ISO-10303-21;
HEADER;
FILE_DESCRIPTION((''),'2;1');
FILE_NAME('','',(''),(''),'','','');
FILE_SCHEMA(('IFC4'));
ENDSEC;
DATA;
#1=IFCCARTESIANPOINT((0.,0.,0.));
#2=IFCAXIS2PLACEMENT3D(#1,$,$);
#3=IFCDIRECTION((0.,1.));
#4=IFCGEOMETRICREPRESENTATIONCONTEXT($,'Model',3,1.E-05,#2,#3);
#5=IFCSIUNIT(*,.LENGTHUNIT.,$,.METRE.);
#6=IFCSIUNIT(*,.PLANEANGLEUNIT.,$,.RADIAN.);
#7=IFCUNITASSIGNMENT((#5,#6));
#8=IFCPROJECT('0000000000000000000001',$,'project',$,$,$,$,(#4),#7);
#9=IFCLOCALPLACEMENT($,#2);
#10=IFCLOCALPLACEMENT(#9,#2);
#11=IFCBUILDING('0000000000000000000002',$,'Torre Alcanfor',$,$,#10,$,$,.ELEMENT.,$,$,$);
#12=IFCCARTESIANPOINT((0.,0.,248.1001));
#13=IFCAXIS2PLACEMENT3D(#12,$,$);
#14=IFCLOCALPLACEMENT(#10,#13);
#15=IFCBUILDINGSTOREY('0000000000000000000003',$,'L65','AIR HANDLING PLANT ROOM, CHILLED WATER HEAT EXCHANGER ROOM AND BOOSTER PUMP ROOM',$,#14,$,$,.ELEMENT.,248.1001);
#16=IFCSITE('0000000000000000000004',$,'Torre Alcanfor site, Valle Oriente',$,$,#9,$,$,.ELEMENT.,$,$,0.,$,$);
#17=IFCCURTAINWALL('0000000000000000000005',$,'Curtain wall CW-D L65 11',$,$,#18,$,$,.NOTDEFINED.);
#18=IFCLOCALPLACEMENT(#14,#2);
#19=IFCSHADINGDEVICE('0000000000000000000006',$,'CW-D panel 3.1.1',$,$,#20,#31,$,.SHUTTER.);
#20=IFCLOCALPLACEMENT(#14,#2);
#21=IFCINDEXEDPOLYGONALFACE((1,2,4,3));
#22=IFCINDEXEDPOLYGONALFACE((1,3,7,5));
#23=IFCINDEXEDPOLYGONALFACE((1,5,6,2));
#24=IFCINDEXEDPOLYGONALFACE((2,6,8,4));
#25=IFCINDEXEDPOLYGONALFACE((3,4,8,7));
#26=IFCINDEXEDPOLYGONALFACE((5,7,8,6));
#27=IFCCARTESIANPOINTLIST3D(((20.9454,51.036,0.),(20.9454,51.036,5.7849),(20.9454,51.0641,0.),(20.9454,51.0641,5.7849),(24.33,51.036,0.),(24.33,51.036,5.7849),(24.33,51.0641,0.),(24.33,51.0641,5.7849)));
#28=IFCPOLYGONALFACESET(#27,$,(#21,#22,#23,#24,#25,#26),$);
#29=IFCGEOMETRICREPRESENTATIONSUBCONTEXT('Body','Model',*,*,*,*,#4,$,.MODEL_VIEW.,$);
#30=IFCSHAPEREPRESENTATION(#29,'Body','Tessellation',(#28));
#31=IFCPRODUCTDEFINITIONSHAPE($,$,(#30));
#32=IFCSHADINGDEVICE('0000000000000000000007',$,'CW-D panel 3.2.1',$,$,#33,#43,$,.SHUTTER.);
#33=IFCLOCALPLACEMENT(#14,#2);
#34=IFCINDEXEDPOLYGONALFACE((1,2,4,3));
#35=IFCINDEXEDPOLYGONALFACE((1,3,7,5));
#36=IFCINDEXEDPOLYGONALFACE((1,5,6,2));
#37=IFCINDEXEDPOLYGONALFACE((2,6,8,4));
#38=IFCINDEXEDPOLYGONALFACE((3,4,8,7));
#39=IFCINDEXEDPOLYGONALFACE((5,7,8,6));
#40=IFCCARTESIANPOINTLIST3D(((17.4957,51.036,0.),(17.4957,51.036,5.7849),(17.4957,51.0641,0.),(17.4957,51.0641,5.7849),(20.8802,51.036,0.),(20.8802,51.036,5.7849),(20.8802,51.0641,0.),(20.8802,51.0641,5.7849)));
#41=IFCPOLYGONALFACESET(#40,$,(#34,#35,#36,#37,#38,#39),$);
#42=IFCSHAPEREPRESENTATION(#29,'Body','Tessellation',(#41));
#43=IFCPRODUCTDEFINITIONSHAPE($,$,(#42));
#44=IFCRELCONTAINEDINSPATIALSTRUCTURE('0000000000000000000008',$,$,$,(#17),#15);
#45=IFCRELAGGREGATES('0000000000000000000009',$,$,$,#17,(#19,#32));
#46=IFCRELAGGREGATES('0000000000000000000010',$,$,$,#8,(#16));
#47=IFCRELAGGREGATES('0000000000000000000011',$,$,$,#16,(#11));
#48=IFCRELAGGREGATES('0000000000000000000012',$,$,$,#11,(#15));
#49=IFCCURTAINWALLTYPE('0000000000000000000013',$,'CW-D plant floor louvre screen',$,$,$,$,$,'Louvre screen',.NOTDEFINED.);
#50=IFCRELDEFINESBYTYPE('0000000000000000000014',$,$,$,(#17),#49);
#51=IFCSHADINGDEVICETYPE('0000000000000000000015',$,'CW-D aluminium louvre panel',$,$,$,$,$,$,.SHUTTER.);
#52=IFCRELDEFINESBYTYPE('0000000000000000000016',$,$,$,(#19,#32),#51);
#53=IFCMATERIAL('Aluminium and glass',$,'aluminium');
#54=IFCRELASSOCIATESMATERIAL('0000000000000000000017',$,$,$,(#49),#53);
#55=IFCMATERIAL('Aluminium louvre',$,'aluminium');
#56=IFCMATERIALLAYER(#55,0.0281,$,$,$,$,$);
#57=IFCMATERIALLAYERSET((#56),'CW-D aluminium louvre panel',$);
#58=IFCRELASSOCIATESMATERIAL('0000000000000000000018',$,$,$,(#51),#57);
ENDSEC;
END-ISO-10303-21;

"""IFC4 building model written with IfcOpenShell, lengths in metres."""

from ifc_helpers import new_model, si_unit, direction, frame, origin, origin_2d, place, context, subcontext, project, spatial, rectangle, extrude, material, layer, layer_set, type_object, element, aggregate, save


model = new_model("IFC4")

# Units and contexts
model_context = context("Model", 3, precision=1e-05, world=origin(), true_north=direction((0.0, 1.0)))
body_context = subcontext(model_context, "Body", "Model", "MODEL_VIEW")
ifc_project = project(units=[si_unit("LENGTHUNIT", "METRE"), si_unit("PLANEANGLEUNIT", "RADIAN")], contexts=[model_context])

# Site, building, storey
site_placement = place(None, origin())
site = spatial("IfcSite", under=ifc_project, at=site_placement, Name="Torre Alcanfor site, Valle Oriente", CompositionType="ELEMENT", RefElevation=0.0)
building_placement = place(site_placement, origin())
building = spatial("IfcBuilding", under=site, at=building_placement, Name="Torre Alcanfor", CompositionType="ELEMENT")
storey_placement = place(building_placement, frame((0.0, 0.0, 248.1001)))
storey = spatial("IfcBuildingStorey", under=building, at=storey_placement, Name="L65", Description="AIR HANDLING PLANT ROOM, CHILLED WATER HEAT EXCHANGER ROOM AND BOOSTER PUMP ROOM", CompositionType="ELEMENT", Elevation=248.1001)

# Curtain wall
ifc_material_1 = material(Name="Aluminium and glass", Category="aluminium")
curtain_wall_type = type_object("IfcCurtainWallType", Name="CW-D plant floor louvre screen", ElementType="Louvre screen", PredefinedType="NOTDEFINED", material=ifc_material_1)
curtain_wall_placement = place(storey_placement, origin())
curtain_wall = element("IfcCurtainWall", 1, at=curtain_wall_placement, inside=storey, type_object=curtain_wall_type, Name="Curtain wall CW-D L65 11", PredefinedType="NOTDEFINED")

# Shading devices
ifc_material_2 = material(Name="Aluminium louvre", Category="aluminium")
ifc_layer_1 = layer(ifc_material_2, 0.0281)
ifc_layer_set_1 = layer_set([ifc_layer_1], Name="CW-D aluminium louvre panel")
shading_device_type = type_object("IfcShadingDeviceType", Name="CW-D aluminium louvre panel", PredefinedType="SHUTTER", material=ifc_layer_set_1)
shading_device_1_placement = place(storey_placement, frame((22.6377, 51.05, 0.0), z_axis=(0.0, 0.0, 1.0), x_axis=(-1.0, 0.0, 0.0)))
shading_device_1 = element("IfcShadingDevice", 2, at=shading_device_1_placement, type_object=shading_device_type, Name="CW-D panel 3.1.1", PredefinedType="SHUTTER", context=body_context, shape_type="SweptSolid", body=[
    extrude(rectangle(XDim=3.3845, YDim=0.0281, at=origin_2d()), origin(), (0.0, 0.0, 1.0), 5.7849),
])
shading_device_2_placement = place(storey_placement, frame((19.188, 51.05, 0.0), z_axis=(0.0, 0.0, 1.0), x_axis=(-1.0, 0.0, 0.0)))
shading_device_2 = element("IfcShadingDevice", 3, at=shading_device_2_placement, type_object=shading_device_type, Name="CW-D panel 3.2.1", PredefinedType="SHUTTER", context=body_context, shape_type="SweptSolid", body=[
    extrude(rectangle(XDim=3.3845, YDim=0.0281, at=origin_2d()), origin(), (0.0, 0.0, 1.0), 5.7849),
])
aggregate(curtain_wall, [shading_device_1, shading_device_2])

save(model, "model.ifc")
